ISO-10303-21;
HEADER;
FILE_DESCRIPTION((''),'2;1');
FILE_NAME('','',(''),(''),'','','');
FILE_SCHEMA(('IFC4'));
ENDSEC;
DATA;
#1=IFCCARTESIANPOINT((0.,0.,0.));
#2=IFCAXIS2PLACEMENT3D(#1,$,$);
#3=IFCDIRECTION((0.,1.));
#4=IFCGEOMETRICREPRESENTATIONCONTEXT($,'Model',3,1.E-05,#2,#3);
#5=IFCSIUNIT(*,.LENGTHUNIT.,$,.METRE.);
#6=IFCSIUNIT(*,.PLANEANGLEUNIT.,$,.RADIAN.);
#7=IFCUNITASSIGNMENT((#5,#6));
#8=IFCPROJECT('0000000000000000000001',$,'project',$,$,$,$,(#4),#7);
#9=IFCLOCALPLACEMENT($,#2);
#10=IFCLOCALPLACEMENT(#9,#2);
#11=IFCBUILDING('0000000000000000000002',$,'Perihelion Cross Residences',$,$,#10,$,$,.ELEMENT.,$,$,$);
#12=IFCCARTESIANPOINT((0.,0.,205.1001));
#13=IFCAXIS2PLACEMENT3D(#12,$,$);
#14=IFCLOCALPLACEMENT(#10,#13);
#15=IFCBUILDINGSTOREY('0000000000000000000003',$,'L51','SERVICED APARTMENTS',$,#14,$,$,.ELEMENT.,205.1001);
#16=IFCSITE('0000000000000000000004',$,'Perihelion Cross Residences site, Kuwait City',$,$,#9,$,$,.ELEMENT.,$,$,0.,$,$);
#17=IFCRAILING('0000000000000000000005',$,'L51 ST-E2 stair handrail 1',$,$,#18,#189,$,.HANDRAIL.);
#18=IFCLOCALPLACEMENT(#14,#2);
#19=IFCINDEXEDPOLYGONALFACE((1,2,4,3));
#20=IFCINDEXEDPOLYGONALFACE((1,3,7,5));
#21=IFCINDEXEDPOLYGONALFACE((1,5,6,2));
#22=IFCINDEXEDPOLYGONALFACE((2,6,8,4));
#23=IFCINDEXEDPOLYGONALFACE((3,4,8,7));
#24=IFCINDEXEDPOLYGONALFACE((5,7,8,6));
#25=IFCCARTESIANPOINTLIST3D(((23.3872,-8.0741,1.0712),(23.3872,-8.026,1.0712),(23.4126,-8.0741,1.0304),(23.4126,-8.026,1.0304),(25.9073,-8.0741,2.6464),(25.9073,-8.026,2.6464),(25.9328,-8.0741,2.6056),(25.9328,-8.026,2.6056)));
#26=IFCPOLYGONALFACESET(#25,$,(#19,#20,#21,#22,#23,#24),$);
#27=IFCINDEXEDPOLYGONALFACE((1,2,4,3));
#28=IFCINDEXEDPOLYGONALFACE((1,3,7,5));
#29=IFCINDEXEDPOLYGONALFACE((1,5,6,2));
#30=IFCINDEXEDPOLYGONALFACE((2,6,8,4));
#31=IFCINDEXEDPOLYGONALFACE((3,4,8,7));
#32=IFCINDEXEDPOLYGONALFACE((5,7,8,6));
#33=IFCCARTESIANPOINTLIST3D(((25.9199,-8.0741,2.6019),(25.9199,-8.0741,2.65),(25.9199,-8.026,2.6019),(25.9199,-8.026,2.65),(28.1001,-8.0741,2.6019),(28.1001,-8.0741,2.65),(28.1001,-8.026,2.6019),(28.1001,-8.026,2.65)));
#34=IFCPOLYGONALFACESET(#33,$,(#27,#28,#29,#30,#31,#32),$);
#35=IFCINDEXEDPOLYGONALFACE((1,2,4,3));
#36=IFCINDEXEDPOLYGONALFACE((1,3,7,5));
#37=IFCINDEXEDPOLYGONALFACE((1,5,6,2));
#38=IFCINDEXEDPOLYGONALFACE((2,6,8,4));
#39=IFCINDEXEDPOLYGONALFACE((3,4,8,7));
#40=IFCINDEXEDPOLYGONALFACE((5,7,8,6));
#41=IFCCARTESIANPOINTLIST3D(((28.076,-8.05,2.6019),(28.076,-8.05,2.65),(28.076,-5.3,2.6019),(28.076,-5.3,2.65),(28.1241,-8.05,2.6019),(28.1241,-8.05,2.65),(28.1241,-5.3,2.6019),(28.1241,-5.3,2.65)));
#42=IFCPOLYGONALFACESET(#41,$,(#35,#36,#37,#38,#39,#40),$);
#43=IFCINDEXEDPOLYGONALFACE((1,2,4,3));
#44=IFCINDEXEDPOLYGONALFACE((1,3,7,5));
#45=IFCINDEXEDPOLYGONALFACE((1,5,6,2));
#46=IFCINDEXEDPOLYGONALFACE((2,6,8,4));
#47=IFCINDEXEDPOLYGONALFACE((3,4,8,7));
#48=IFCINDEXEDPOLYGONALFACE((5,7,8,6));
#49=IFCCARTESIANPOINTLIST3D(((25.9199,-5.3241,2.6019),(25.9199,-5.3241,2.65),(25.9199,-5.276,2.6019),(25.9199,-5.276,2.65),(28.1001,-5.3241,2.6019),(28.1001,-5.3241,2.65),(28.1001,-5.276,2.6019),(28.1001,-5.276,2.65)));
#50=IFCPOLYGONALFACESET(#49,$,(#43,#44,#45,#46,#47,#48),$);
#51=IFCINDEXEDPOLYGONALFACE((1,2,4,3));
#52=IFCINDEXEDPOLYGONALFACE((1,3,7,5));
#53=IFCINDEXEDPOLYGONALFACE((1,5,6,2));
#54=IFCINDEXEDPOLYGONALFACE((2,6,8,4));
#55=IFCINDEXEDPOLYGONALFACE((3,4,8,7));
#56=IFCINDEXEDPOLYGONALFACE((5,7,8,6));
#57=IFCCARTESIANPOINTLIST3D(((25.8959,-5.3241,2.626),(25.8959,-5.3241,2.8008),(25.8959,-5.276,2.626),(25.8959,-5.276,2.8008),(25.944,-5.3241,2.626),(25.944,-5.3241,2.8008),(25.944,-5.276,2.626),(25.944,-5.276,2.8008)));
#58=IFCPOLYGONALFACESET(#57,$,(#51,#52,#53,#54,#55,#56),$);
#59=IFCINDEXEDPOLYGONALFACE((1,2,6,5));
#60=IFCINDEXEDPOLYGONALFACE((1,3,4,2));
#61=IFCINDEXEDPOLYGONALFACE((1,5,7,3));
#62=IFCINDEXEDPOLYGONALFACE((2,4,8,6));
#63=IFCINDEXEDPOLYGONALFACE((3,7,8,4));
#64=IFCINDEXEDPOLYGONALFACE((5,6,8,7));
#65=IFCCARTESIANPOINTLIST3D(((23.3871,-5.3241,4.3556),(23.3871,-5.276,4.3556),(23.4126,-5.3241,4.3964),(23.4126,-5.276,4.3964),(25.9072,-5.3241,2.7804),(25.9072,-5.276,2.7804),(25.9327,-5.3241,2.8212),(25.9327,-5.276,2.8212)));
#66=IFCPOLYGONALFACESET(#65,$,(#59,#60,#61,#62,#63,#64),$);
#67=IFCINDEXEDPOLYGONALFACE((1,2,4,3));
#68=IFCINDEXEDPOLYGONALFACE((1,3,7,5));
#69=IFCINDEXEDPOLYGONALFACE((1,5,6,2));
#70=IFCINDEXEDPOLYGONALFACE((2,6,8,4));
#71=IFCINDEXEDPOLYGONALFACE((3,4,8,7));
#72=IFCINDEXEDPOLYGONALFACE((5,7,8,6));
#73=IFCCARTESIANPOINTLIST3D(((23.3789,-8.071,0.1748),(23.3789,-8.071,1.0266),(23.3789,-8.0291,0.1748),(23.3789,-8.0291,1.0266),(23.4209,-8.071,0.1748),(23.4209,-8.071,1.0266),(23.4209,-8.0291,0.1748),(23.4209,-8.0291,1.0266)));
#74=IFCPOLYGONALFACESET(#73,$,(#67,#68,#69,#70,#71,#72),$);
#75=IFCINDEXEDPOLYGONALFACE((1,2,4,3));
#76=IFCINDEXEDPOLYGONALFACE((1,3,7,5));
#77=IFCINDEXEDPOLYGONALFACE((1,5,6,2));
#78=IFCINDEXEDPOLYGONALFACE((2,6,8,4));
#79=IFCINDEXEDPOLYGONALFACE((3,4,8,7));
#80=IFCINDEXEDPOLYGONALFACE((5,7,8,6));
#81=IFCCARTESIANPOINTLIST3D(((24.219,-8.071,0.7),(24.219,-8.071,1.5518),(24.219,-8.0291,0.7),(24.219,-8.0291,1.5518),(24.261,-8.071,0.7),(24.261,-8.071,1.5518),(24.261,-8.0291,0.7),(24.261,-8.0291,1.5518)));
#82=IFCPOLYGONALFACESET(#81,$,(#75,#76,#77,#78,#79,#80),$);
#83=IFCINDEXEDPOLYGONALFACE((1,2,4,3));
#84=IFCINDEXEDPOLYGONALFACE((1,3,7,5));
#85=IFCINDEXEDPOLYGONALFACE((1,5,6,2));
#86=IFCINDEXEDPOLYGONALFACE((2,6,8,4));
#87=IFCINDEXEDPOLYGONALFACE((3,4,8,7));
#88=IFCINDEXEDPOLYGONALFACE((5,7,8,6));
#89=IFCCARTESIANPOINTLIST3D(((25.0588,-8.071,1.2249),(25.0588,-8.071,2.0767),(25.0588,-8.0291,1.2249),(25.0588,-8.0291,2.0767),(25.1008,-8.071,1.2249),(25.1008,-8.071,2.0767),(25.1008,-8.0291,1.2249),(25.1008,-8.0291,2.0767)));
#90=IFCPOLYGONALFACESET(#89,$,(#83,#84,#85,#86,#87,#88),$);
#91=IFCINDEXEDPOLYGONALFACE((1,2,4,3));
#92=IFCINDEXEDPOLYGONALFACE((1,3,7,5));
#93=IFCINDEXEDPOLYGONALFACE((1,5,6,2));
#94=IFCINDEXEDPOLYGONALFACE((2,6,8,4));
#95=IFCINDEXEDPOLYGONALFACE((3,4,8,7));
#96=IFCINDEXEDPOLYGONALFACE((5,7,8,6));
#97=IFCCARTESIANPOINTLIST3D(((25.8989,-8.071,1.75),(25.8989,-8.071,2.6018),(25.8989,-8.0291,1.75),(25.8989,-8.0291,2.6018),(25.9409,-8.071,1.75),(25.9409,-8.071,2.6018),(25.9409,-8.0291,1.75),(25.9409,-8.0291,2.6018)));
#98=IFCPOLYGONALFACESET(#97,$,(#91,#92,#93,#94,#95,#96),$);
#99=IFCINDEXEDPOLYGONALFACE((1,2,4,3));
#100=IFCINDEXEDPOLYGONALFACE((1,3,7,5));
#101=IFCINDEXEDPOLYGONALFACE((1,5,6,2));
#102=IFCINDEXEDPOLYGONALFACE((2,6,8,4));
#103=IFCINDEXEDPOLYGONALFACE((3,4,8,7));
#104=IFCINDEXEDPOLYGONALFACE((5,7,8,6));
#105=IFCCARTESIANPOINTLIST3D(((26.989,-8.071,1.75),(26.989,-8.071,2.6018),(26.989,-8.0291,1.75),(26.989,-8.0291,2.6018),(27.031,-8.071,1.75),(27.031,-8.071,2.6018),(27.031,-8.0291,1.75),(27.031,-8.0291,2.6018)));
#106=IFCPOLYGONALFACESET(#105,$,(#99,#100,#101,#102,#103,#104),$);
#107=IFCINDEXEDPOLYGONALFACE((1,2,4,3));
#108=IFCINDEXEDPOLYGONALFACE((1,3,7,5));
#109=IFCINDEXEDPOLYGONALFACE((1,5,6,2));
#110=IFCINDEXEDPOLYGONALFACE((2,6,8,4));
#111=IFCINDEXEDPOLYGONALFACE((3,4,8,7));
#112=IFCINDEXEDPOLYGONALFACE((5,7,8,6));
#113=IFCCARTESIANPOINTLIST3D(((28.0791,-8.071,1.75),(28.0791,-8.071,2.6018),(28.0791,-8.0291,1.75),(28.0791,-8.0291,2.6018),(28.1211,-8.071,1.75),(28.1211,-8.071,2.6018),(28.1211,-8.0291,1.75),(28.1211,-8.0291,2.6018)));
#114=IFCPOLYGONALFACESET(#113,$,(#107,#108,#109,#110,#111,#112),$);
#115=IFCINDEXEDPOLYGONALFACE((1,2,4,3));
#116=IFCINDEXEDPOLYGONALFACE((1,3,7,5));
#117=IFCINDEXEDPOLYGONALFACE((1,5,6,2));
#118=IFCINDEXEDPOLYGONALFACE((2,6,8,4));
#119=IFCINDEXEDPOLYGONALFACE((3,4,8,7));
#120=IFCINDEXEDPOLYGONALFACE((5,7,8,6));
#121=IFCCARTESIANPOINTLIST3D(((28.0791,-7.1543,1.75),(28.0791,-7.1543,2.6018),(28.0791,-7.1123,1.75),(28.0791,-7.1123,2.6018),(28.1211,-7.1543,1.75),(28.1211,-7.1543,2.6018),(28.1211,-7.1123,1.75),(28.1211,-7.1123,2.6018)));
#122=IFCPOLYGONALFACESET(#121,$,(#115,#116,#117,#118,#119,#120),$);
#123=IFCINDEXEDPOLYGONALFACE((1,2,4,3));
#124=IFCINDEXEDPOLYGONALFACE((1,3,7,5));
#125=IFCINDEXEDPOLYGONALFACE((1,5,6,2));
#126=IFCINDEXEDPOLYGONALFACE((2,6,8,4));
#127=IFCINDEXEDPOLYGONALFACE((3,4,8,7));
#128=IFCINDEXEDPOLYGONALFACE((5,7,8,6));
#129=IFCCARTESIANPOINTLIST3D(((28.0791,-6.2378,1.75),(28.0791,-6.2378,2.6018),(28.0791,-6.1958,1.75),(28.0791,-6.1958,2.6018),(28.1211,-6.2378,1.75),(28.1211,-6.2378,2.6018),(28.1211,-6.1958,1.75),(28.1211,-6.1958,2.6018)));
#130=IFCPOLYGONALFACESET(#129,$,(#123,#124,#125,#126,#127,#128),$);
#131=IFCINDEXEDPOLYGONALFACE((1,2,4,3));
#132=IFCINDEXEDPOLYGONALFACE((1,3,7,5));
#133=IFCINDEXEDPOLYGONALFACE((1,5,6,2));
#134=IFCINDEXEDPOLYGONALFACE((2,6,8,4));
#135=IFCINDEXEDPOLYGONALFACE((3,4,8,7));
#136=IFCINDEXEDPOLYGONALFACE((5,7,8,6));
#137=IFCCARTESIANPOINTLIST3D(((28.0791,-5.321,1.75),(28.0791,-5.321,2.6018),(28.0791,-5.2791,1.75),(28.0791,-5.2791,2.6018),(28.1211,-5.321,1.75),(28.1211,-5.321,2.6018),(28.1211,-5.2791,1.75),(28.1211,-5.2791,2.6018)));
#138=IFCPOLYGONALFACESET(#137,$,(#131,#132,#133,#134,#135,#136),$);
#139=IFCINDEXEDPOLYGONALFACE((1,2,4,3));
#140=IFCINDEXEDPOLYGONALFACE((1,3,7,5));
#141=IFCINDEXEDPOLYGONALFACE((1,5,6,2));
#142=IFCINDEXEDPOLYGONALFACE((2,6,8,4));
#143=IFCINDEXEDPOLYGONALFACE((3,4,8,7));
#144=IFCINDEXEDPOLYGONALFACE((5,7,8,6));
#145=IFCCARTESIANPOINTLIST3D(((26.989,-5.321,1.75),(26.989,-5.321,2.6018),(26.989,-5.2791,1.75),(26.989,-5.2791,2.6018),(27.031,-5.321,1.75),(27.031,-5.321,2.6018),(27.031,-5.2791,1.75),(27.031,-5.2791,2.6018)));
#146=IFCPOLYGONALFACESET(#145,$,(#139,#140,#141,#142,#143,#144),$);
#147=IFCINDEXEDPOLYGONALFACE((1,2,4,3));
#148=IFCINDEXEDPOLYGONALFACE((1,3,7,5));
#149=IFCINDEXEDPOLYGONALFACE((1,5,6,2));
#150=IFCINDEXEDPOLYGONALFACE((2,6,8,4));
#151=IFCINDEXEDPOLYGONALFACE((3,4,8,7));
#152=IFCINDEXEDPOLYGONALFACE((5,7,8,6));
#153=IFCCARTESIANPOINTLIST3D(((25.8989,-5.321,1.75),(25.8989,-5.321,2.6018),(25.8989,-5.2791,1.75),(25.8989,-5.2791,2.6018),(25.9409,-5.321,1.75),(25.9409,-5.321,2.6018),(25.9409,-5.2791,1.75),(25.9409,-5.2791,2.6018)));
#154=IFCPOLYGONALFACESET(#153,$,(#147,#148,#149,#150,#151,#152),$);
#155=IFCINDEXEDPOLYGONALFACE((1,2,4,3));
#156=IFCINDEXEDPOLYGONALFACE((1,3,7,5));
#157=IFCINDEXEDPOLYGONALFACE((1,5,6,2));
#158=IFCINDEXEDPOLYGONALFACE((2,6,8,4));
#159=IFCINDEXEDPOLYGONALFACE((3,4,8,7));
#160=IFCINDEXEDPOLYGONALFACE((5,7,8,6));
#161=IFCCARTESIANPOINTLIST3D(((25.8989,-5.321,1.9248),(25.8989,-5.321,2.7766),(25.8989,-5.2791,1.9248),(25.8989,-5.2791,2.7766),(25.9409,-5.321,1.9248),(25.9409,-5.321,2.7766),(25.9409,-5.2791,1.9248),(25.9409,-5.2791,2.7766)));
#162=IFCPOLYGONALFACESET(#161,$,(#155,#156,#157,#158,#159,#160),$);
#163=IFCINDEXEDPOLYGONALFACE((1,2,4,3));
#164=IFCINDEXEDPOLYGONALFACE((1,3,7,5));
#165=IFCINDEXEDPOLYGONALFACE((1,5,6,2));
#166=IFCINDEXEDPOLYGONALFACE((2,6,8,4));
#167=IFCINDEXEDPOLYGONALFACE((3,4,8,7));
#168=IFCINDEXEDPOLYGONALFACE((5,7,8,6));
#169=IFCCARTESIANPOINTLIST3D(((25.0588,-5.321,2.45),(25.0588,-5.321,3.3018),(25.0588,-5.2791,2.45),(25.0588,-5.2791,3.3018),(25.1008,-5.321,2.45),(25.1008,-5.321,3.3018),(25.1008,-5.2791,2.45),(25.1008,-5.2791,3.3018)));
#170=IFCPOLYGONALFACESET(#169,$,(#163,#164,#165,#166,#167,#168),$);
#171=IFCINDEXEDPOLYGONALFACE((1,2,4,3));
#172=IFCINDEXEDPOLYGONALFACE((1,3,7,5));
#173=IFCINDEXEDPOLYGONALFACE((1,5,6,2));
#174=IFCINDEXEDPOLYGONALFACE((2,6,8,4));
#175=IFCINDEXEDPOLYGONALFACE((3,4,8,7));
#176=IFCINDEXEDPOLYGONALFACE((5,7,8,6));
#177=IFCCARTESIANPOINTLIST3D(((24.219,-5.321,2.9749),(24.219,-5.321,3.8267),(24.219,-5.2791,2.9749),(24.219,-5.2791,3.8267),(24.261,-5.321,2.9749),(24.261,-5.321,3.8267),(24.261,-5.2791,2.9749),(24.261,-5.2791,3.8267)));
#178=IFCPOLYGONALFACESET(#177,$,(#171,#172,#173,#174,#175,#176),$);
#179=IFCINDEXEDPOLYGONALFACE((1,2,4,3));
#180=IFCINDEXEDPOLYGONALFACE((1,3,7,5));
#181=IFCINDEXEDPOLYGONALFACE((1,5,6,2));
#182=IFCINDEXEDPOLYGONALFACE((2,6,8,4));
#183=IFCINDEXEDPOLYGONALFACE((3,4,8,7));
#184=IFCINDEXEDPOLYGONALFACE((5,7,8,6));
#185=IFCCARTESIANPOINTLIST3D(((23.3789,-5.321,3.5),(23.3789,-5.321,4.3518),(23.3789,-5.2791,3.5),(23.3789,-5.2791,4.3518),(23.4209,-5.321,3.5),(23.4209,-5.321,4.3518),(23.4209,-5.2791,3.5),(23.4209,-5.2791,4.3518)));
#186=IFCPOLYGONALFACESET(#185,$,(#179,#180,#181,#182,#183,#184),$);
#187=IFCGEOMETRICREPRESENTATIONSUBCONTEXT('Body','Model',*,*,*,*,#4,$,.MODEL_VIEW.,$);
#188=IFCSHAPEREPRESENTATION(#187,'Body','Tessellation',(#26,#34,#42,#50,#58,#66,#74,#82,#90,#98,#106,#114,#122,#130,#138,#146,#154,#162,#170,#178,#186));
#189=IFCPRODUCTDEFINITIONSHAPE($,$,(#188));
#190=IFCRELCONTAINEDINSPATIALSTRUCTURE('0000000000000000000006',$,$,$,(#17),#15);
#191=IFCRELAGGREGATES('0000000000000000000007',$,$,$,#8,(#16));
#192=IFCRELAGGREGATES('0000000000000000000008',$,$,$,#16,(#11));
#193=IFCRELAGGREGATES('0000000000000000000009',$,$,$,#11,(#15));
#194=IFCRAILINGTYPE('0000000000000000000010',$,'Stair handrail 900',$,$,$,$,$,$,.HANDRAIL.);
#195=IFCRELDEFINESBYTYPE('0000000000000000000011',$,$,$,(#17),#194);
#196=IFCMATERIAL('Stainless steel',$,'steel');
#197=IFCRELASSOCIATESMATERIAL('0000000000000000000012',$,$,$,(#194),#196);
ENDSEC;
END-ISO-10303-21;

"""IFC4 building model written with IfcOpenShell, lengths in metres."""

from ifc_helpers import new_model, si_unit, direction, frame, origin, origin_2d, place, context, subcontext, project, spatial, rectangle, extrude, material, type_object, element, save


model = new_model("IFC4")

# Units and contexts
model_context = context("Model", 3, precision=1e-05, world=origin(), true_north=direction((0.0, 1.0)))
body_context = subcontext(model_context, "Body", "Model", "MODEL_VIEW")
ifc_project = project(units=[si_unit("LENGTHUNIT", "METRE"), si_unit("PLANEANGLEUNIT", "RADIAN")], contexts=[model_context])

# Site, building, storey
site_placement = place(None, origin())
site = spatial("IfcSite", under=ifc_project, at=site_placement, Name="Perihelion Cross Residences site, Kuwait City", CompositionType="ELEMENT", RefElevation=0.0)
building_placement = place(site_placement, origin())
building = spatial("IfcBuilding", under=site, at=building_placement, Name="Perihelion Cross Residences", CompositionType="ELEMENT")
storey_placement = place(building_placement, frame((0.0, 0.0, 205.1001)))
storey = spatial("IfcBuildingStorey", under=building, at=storey_placement, Name="L51", Description="SERVICED APARTMENTS", CompositionType="ELEMENT", Elevation=205.1001)

# Railing
ifc_material_1 = material(Name="Stainless steel", Category="steel")
railing_type_1 = type_object("IfcRailingType", Name="Stair handrail 900", PredefinedType="HANDRAIL", material=ifc_material_1)
railing_1_placement = place(storey_placement, frame((23.3999, -8.05, 0.1748)))
element("IfcRailing", 1, at=railing_1_placement, inside=storey, type_object=railing_type_1, Name="L51 ST-E2 stair handrail 1", PredefinedType="HANDRAIL", context=body_context, shape_type="SweptSolid", body=[
    extrude(rectangle(XDim=0.0481, YDim=0.0481, at=origin_2d()), frame((0.0, 0.0, 0.876), z_axis=(0.847971, 0.0, 0.530043), x_axis=(0.0, 1.0, 0.0)), (0.0, 0.0, 1.0), 2.9719),
    extrude(rectangle(XDim=0.0481, YDim=0.0481, at=origin_2d()), frame((2.52, 0.0, 2.4512), z_axis=(1.0, 0.0, 0.0), x_axis=(0.0, 1.0, 0.0)), (0.0, 0.0, 1.0), 2.1802),
    extrude(rectangle(XDim=0.0481, YDim=0.0481, at=origin_2d()), frame((4.7002, 0.0, 2.4512), z_axis=(0.0, 1.0, 0.0), x_axis=(-1.0, 0.0, 0.0)), (0.0, 0.0, 1.0), 2.75),
    extrude(rectangle(XDim=0.0481, YDim=0.0481, at=origin_2d()), frame((4.7002, 2.75, 2.4512), z_axis=(-1.0, 0.0, 0.0), x_axis=(0.0, -1.0, 0.0)), (0.0, 0.0, 1.0), 2.1802),
    extrude(rectangle(XDim=0.0481, YDim=0.0481, at=origin_2d()), frame((2.52, 2.75, 2.4512), z_axis=(0.0, 0.0, 1.0), x_axis=(1.0, 0.0, 0.0)), (0.0, 0.0, 1.0), 0.1748),
    extrude(rectangle(XDim=0.0481, YDim=0.0481, at=origin_2d()), frame((2.52, 2.75, 2.626), z_axis=(-0.847971, 0.0, 0.530043), x_axis=(0.0, -1.0, 0.0)), (0.0, 0.0, 1.0), 2.9719),
    extrude(rectangle(XDim=0.042, YDim=0.042, at=origin_2d()), origin(), (0.0, 0.0, 1.0), 0.8518),
    extrude(rectangle(XDim=0.042, YDim=0.042, at=origin_2d()), frame((0.8401, 0.0, 0.5251)), (0.0, 0.0, 1.0), 0.8518),
    extrude(rectangle(XDim=0.042, YDim=0.042, at=origin_2d()), frame((1.6799, 0.0, 1.05)), (0.0, 0.0, 1.0), 0.8518),
    extrude(rectangle(XDim=0.042, YDim=0.042, at=origin_2d()), frame((2.52, 0.0, 1.5752)), (0.0, 0.0, 1.0), 0.8518),
    extrude(rectangle(XDim=0.042, YDim=0.042, at=origin_2d()), frame((3.6101, 0.0, 1.5752)), (0.0, 0.0, 1.0), 0.8518),
    extrude(rectangle(XDim=0.042, YDim=0.042, at=origin_2d()), frame((4.7002, 0.0, 1.5752)), (0.0, 0.0, 1.0), 0.8518),
    extrude(rectangle(XDim=0.042, YDim=0.042, at=origin_2d()), frame((4.7002, 0.9167, 1.5752)), (0.0, 0.0, 1.0), 0.8518),
    extrude(rectangle(XDim=0.042, YDim=0.042, at=origin_2d()), frame((4.7002, 1.8333, 1.5752)), (0.0, 0.0, 1.0), 0.8518),
    extrude(rectangle(XDim=0.042, YDim=0.042, at=origin_2d()), frame((4.7002, 2.75, 1.5752)), (0.0, 0.0, 1.0), 0.8518),
    extrude(rectangle(XDim=0.042, YDim=0.042, at=origin_2d()), frame((3.6101, 2.75, 1.5752)), (0.0, 0.0, 1.0), 0.8518),
    extrude(rectangle(XDim=0.042, YDim=0.042, at=origin_2d()), frame((2.52, 2.75, 1.5752)), (0.0, 0.0, 1.0), 0.8518),
    extrude(rectangle(XDim=0.042, YDim=0.042, at=origin_2d()), frame((2.52, 2.75, 1.75)), (0.0, 0.0, 1.0), 0.8518),
    extrude(rectangle(XDim=0.042, YDim=0.042, at=origin_2d()), frame((1.6799, 2.75, 2.2751)), (0.0, 0.0, 1.0), 0.8518),
    extrude(rectangle(XDim=0.042, YDim=0.042, at=origin_2d()), frame((0.8401, 2.75, 2.8)), (0.0, 0.0, 1.0), 0.8518),
    extrude(rectangle(XDim=0.042, YDim=0.042, at=origin_2d()), frame((0.0, 2.75, 3.3252)), (0.0, 0.0, 1.0), 0.8518),
])

save(model, "model.ifc")
